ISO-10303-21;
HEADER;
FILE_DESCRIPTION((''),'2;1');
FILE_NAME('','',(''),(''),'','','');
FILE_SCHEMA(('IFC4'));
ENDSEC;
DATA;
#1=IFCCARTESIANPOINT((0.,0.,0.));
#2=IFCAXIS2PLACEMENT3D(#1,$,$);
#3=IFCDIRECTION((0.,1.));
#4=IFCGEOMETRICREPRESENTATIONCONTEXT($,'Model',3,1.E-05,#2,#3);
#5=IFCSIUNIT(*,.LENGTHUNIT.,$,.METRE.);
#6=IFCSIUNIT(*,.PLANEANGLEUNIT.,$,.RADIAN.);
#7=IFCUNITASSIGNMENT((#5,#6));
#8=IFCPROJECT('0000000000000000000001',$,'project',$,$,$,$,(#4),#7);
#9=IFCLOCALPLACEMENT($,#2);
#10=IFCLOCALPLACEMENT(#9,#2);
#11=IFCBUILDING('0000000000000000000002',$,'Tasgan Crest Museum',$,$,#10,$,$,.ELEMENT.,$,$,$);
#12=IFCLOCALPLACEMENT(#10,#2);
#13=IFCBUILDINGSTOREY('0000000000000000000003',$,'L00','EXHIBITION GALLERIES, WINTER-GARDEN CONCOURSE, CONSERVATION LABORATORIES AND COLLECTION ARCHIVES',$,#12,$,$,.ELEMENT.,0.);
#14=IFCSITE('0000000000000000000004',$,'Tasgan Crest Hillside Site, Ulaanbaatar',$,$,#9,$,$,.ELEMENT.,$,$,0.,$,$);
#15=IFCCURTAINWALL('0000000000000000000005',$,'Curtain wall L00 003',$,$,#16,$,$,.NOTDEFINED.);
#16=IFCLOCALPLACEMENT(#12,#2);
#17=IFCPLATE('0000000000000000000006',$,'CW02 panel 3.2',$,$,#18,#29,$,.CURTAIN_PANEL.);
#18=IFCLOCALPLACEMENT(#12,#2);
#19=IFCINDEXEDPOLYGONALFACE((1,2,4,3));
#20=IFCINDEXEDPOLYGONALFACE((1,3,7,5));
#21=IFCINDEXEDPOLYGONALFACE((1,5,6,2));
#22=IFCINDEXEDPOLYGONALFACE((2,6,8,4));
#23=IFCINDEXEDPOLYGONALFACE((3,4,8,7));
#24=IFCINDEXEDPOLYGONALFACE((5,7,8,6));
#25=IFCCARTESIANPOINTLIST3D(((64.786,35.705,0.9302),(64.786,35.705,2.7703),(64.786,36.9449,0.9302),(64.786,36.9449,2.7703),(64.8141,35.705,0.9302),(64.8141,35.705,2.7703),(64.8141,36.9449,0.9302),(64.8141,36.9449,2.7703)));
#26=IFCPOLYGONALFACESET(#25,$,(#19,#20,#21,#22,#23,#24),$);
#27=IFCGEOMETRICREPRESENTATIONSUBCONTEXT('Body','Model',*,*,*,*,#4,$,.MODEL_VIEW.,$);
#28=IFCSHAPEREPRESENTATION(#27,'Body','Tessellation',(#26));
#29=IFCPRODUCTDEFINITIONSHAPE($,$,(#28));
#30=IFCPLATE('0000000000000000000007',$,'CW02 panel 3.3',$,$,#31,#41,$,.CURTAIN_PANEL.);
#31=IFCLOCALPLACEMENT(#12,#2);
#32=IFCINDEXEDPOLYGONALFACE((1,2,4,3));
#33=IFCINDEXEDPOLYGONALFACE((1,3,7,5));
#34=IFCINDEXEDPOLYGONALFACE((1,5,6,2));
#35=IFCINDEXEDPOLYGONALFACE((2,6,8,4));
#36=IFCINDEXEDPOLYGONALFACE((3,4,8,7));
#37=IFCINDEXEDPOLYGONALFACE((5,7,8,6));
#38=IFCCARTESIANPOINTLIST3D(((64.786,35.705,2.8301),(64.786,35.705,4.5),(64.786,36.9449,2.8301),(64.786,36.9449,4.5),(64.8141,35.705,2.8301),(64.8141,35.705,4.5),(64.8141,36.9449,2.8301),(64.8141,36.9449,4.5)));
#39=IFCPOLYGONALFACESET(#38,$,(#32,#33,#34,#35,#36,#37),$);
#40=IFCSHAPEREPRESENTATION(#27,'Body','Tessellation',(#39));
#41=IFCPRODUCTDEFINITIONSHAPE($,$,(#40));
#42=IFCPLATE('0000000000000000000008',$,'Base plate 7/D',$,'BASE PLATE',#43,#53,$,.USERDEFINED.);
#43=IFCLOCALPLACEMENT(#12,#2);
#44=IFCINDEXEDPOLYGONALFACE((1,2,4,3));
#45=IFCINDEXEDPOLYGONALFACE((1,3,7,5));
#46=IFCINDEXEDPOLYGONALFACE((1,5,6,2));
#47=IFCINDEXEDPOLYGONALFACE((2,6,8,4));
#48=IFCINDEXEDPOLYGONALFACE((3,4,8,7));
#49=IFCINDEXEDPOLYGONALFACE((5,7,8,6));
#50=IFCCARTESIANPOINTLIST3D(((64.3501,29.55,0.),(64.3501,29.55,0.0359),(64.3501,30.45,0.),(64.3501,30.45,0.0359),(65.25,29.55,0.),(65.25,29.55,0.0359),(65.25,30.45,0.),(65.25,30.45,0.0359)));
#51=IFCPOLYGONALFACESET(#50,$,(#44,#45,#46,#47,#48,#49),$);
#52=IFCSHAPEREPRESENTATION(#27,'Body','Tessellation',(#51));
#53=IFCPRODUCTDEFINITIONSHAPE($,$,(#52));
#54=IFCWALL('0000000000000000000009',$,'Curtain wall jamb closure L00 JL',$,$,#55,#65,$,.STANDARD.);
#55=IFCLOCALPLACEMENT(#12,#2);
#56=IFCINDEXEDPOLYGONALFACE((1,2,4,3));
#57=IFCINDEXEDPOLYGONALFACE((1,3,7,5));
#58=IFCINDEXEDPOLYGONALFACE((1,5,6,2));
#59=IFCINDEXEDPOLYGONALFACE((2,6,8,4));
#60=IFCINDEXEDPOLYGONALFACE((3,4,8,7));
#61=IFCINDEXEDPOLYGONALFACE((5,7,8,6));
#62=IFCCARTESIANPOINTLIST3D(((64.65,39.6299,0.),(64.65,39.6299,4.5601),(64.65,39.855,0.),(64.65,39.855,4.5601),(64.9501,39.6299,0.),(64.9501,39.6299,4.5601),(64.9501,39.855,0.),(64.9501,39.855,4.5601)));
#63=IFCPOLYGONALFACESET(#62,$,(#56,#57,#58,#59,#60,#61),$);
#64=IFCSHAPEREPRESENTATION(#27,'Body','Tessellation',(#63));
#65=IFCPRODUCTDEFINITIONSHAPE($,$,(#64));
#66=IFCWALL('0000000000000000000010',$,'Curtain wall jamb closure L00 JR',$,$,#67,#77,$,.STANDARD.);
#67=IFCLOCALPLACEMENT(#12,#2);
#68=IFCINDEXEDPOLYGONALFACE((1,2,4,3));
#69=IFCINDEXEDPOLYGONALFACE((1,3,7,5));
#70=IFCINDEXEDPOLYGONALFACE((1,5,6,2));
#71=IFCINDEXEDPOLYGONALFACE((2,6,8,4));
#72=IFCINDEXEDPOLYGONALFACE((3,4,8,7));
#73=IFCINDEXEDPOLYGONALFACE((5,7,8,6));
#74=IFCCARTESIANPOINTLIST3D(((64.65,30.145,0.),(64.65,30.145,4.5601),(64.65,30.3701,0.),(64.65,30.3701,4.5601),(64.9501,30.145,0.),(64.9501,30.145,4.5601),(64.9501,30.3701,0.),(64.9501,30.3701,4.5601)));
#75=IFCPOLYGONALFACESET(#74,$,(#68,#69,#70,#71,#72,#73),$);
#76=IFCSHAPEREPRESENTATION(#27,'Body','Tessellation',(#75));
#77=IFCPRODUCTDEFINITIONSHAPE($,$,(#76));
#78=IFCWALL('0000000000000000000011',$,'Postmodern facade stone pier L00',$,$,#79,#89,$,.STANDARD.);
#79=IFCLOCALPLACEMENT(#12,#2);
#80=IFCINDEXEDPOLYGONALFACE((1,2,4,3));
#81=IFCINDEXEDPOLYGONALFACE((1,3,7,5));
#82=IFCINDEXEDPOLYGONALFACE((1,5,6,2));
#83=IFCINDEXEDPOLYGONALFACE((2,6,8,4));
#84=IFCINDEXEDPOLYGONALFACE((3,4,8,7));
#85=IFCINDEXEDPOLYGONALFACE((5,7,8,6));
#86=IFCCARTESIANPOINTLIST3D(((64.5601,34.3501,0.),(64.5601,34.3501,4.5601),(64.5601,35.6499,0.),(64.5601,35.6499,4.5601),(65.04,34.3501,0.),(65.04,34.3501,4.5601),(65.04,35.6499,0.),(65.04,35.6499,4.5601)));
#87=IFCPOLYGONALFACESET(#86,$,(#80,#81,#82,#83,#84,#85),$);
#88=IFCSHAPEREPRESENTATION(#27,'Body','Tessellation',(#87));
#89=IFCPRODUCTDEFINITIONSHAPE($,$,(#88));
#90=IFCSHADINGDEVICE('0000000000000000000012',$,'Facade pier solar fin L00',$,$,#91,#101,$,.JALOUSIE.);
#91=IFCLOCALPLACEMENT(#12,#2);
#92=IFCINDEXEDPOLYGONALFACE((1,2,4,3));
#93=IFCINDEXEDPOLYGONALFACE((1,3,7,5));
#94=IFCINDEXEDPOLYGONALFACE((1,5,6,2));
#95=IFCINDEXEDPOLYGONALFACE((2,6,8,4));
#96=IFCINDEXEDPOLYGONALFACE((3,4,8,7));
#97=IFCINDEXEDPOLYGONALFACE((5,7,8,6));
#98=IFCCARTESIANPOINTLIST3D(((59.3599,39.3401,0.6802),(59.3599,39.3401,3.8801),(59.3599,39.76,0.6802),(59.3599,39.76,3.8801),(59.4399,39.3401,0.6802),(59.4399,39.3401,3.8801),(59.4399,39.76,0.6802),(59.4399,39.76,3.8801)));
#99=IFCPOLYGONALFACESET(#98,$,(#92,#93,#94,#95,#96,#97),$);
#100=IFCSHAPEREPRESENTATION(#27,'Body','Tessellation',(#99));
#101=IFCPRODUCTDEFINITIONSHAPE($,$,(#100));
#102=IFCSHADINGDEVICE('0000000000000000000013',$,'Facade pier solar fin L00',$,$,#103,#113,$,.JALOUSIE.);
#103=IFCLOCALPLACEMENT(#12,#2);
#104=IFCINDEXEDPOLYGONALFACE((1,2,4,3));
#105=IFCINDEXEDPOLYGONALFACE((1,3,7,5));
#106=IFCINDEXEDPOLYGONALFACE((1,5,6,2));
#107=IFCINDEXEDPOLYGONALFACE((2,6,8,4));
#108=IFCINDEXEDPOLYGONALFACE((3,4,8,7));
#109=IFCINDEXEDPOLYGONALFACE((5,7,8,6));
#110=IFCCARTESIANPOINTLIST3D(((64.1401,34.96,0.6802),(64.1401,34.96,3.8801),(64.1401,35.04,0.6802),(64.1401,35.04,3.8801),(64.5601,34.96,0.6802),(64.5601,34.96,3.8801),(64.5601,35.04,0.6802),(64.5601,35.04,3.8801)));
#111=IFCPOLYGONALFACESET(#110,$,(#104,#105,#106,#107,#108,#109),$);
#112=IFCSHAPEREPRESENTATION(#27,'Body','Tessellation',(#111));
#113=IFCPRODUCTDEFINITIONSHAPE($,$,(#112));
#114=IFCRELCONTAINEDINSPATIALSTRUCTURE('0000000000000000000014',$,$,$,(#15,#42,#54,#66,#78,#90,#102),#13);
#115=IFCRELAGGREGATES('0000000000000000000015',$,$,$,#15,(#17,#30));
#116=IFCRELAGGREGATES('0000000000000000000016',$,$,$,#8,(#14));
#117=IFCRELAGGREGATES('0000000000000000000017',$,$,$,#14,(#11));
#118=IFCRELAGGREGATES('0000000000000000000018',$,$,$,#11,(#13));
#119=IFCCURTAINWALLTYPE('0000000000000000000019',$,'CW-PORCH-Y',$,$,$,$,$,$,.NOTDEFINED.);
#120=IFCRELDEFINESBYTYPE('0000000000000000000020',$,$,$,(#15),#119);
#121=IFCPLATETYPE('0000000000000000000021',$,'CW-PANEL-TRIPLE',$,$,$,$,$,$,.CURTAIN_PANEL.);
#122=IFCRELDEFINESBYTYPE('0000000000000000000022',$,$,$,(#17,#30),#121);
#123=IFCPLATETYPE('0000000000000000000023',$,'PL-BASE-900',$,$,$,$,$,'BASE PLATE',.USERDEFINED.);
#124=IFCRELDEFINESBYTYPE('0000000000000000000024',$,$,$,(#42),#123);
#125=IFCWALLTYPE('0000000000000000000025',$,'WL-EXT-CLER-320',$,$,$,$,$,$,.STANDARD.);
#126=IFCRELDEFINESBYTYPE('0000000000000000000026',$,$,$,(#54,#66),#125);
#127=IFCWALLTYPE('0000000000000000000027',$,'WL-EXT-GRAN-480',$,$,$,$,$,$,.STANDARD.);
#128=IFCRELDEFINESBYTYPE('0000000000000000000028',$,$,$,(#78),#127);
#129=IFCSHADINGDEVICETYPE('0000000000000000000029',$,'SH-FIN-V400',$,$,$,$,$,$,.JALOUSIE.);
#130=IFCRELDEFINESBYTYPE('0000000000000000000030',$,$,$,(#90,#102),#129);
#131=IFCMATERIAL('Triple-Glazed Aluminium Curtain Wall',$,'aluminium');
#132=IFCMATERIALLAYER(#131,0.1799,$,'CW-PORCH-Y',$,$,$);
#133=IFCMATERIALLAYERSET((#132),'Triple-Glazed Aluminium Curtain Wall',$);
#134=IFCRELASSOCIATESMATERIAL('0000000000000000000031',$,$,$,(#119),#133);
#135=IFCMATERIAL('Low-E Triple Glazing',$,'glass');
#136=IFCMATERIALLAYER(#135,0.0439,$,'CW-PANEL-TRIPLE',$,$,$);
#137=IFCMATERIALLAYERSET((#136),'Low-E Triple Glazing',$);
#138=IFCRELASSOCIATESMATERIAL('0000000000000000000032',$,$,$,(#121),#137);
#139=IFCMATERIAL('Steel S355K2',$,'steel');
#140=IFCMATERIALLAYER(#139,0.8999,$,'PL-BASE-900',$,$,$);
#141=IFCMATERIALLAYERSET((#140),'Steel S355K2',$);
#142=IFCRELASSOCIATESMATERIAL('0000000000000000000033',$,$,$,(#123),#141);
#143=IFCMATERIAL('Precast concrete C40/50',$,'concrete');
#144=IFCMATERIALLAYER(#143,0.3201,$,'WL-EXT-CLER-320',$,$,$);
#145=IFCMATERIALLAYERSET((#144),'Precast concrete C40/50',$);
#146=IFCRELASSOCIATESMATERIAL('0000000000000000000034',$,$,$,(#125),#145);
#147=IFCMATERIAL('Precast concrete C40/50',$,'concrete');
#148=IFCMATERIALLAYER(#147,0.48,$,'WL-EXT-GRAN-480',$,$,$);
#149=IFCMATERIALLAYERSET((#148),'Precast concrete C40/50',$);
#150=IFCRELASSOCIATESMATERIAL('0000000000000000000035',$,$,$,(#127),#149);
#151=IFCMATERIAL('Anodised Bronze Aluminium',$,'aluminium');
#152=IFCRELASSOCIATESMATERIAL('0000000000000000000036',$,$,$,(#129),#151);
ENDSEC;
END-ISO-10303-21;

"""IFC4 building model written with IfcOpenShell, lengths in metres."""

from ifc_helpers import new_model, si_unit, direction, frame, frame_2d, origin, origin_2d, place, context, subcontext, project, spatial, rectangle, extrude, material, layer, layer_set, type_object, element, aggregate, save


model = new_model("IFC4")

# Units and contexts
model_context = context("Model", 3, precision=1e-05, world=origin(), true_north=direction((0.0, 1.0)))
body_context = subcontext(model_context, "Body", "Model", "MODEL_VIEW")
ifc_project = project(units=[si_unit("LENGTHUNIT", "METRE"), si_unit("PLANEANGLEUNIT", "RADIAN")], contexts=[model_context])

# Site, building, storey
site_placement = place(None, origin())
site = spatial("IfcSite", under=ifc_project, at=site_placement, Name="Tasgan Crest Hillside Site, Ulaanbaatar", CompositionType="ELEMENT", RefElevation=0.0)
building_placement = place(site_placement, origin())
building = spatial("IfcBuilding", under=site, at=building_placement, Name="Tasgan Crest Museum", CompositionType="ELEMENT")
storey_placement = place(building_placement, origin())
storey = spatial("IfcBuildingStorey", under=building, at=storey_placement, Name="L00", Description="EXHIBITION GALLERIES, WINTER-GARDEN CONCOURSE, CONSERVATION LABORATORIES AND COLLECTION ARCHIVES", CompositionType="ELEMENT", Elevation=0.0)

# Curtain wall
ifc_material_1 = material(Name="Triple-Glazed Aluminium Curtain Wall", Category="aluminium")
ifc_layer_1 = layer(ifc_material_1, 0.1799, Name="CW-PORCH-Y")
ifc_layer_set_1 = layer_set([ifc_layer_1], Name="Triple-Glazed Aluminium Curtain Wall")
curtain_wall_type_1 = type_object("IfcCurtainWallType", Name="CW-PORCH-Y", PredefinedType="NOTDEFINED", material=ifc_layer_set_1)
curtain_wall_1_placement = place(storey_placement, origin())
curtain_wall_1 = element("IfcCurtainWall", 1, at=curtain_wall_1_placement, inside=storey, type_object=curtain_wall_type_1, Name="Curtain wall L00 003", PredefinedType="NOTDEFINED")

# Shared definitions
ifc_material_2 = material(Name="Low-E Triple Glazing", Category="glass")
ifc_layer_2 = layer(ifc_material_2, 0.0439, Name="CW-PANEL-TRIPLE")
ifc_layer_set_2 = layer_set([ifc_layer_2], Name="Low-E Triple Glazing")
plate_type_1 = type_object("IfcPlateType", Name="CW-PANEL-TRIPLE", PredefinedType="CURTAIN_PANEL", material=ifc_layer_set_2)

# Plates
plate_1_placement = place(storey_placement, frame((64.8, 36.325, 0.9302), z_axis=(0.0, 0.0, 1.0), x_axis=(0.0, -1.0, 0.0)))
plate_1 = element("IfcPlate", 2, at=plate_1_placement, type_object=plate_type_1, Name="CW02 panel 3.2", PredefinedType="CURTAIN_PANEL", context=body_context, shape_type="SweptSolid", body=[
    extrude(rectangle(XDim=1.24, YDim=0.0281, at=origin_2d()), origin(), (0.0, 0.0, 1.0), 1.8401),
])
plate_2_placement = place(storey_placement, frame((64.8, 36.325, 2.8301), z_axis=(0.0, 0.0, 1.0), x_axis=(0.0, -1.0, 0.0)))
plate_2 = element("IfcPlate", 3, at=plate_2_placement, type_object=plate_type_1, Name="CW02 panel 3.3", PredefinedType="CURTAIN_PANEL", context=body_context, shape_type="SweptSolid", body=[
    extrude(rectangle(XDim=1.24, YDim=0.0281, at=origin_2d()), origin(), (0.0, 0.0, 1.0), 1.6699),
])
aggregate(curtain_wall_1, [plate_1, plate_2])
ifc_material_3 = material(Name="Steel S355K2", Category="steel")
ifc_layer_3 = layer(ifc_material_3, 0.8999, Name="PL-BASE-900")
ifc_layer_set_3 = layer_set([ifc_layer_3], Name="Steel S355K2")
plate_type_2 = type_object("IfcPlateType", Name="PL-BASE-900", ElementType="BASE PLATE", PredefinedType="USERDEFINED", material=ifc_layer_set_3)
plate_3_placement = place(storey_placement, frame((64.8, 30.0, 0.0), z_axis=(0.0, 0.0, 1.0), x_axis=(1.0, 0.0, 0.0)))
element("IfcPlate", 4, at=plate_3_placement, inside=storey, type_object=plate_type_2, Name="Base plate 7/D", ObjectType="BASE PLATE", PredefinedType="USERDEFINED", context=body_context, shape_type="SweptSolid", body=[
    extrude(rectangle(XDim=0.8999, YDim=0.8999, at=origin_2d()), origin(), (0.0, 0.0, 1.0), 0.0359),
])

# Walls
ifc_material_4 = material(Name="Precast concrete C40/50", Category="concrete")
ifc_layer_4 = layer(ifc_material_4, 0.3201, Name="WL-EXT-CLER-320")
ifc_layer_set_4 = layer_set([ifc_layer_4], Name="Precast concrete C40/50")
wall_type_1 = type_object("IfcWallType", Name="WL-EXT-CLER-320", PredefinedType="STANDARD", material=ifc_layer_set_4)
for number, where, z_axis, x_axis, name in (
    (5, (64.8, 39.855, 0.0), (0.0, 0.0, 1.0), (0.0, -1.0, 0.0), "Curtain wall jamb closure L00 JL"),
    (6, (64.8, 30.3701, 0.0), (0.0, 0.0, 1.0), (0.0, -1.0, 0.0), "Curtain wall jamb closure L00 JR"),
):
    element("IfcWall", number, at=place(storey_placement, frame(where, z_axis=z_axis, x_axis=x_axis)), inside=storey, type_object=wall_type_1, Name=name, PredefinedType="STANDARD", context=body_context, shape_type="SweptSolid", body=[
        extrude(rectangle(XDim=0.2251, YDim=0.3, at=frame_2d((0.1125, 0.0))), origin(), (0.0, 0.0, 1.0), 4.5601),
    ])
ifc_material_5 = material(Name="Precast concrete C40/50", Category="concrete")
ifc_layer_5 = layer(ifc_material_5, 0.48, Name="WL-EXT-GRAN-480")
ifc_layer_set_5 = layer_set([ifc_layer_5], Name="Precast concrete C40/50")
wall_type_2 = type_object("IfcWallType", Name="WL-EXT-GRAN-480", PredefinedType="STANDARD", material=ifc_layer_set_5)
wall_placement = place(storey_placement, frame((64.8, 35.6499, 0.0), z_axis=(0.0, 0.0, 1.0), x_axis=(0.0, -1.0, 0.0)))
element("IfcWall", 7, at=wall_placement, inside=storey, type_object=wall_type_2, Name="Postmodern facade stone pier L00", PredefinedType="STANDARD", context=body_context, shape_type="SweptSolid", body=[
    extrude(rectangle(XDim=1.2998, YDim=0.48, at=frame_2d((0.6499, 0.0))), origin(), (0.0, 0.0, 1.0), 4.5601),
])

# Shading devices
ifc_material_6 = material(Name="Anodised Bronze Aluminium", Category="aluminium")
shading_device_type = type_object("IfcShadingDeviceType", Name="SH-FIN-V400", PredefinedType="JALOUSIE", material=ifc_material_6)
for number, where, z_axis, x_axis, name in (
    (8, (59.3999, 39.55, 0.6802), (0.0, 0.0, 1.0), (1.0, 0.0, 0.0), "Facade pier solar fin L00"),
    (9, (64.3501, 35.0, 0.6802), (0.0, 0.0, 1.0), (0.0, -1.0, 0.0), "Facade pier solar fin L00"),
):
    element("IfcShadingDevice", number, at=place(storey_placement, frame(where, z_axis=z_axis, x_axis=x_axis)), inside=storey, type_object=shading_device_type, Name=name, PredefinedType="JALOUSIE", context=body_context, shape_type="SweptSolid", body=[
        extrude(rectangle(XDim=0.0801, YDim=0.4199, at=origin_2d()), origin(), (0.0, 0.0, 1.0), 3.2),
    ])

save(model, "model.ifc")
